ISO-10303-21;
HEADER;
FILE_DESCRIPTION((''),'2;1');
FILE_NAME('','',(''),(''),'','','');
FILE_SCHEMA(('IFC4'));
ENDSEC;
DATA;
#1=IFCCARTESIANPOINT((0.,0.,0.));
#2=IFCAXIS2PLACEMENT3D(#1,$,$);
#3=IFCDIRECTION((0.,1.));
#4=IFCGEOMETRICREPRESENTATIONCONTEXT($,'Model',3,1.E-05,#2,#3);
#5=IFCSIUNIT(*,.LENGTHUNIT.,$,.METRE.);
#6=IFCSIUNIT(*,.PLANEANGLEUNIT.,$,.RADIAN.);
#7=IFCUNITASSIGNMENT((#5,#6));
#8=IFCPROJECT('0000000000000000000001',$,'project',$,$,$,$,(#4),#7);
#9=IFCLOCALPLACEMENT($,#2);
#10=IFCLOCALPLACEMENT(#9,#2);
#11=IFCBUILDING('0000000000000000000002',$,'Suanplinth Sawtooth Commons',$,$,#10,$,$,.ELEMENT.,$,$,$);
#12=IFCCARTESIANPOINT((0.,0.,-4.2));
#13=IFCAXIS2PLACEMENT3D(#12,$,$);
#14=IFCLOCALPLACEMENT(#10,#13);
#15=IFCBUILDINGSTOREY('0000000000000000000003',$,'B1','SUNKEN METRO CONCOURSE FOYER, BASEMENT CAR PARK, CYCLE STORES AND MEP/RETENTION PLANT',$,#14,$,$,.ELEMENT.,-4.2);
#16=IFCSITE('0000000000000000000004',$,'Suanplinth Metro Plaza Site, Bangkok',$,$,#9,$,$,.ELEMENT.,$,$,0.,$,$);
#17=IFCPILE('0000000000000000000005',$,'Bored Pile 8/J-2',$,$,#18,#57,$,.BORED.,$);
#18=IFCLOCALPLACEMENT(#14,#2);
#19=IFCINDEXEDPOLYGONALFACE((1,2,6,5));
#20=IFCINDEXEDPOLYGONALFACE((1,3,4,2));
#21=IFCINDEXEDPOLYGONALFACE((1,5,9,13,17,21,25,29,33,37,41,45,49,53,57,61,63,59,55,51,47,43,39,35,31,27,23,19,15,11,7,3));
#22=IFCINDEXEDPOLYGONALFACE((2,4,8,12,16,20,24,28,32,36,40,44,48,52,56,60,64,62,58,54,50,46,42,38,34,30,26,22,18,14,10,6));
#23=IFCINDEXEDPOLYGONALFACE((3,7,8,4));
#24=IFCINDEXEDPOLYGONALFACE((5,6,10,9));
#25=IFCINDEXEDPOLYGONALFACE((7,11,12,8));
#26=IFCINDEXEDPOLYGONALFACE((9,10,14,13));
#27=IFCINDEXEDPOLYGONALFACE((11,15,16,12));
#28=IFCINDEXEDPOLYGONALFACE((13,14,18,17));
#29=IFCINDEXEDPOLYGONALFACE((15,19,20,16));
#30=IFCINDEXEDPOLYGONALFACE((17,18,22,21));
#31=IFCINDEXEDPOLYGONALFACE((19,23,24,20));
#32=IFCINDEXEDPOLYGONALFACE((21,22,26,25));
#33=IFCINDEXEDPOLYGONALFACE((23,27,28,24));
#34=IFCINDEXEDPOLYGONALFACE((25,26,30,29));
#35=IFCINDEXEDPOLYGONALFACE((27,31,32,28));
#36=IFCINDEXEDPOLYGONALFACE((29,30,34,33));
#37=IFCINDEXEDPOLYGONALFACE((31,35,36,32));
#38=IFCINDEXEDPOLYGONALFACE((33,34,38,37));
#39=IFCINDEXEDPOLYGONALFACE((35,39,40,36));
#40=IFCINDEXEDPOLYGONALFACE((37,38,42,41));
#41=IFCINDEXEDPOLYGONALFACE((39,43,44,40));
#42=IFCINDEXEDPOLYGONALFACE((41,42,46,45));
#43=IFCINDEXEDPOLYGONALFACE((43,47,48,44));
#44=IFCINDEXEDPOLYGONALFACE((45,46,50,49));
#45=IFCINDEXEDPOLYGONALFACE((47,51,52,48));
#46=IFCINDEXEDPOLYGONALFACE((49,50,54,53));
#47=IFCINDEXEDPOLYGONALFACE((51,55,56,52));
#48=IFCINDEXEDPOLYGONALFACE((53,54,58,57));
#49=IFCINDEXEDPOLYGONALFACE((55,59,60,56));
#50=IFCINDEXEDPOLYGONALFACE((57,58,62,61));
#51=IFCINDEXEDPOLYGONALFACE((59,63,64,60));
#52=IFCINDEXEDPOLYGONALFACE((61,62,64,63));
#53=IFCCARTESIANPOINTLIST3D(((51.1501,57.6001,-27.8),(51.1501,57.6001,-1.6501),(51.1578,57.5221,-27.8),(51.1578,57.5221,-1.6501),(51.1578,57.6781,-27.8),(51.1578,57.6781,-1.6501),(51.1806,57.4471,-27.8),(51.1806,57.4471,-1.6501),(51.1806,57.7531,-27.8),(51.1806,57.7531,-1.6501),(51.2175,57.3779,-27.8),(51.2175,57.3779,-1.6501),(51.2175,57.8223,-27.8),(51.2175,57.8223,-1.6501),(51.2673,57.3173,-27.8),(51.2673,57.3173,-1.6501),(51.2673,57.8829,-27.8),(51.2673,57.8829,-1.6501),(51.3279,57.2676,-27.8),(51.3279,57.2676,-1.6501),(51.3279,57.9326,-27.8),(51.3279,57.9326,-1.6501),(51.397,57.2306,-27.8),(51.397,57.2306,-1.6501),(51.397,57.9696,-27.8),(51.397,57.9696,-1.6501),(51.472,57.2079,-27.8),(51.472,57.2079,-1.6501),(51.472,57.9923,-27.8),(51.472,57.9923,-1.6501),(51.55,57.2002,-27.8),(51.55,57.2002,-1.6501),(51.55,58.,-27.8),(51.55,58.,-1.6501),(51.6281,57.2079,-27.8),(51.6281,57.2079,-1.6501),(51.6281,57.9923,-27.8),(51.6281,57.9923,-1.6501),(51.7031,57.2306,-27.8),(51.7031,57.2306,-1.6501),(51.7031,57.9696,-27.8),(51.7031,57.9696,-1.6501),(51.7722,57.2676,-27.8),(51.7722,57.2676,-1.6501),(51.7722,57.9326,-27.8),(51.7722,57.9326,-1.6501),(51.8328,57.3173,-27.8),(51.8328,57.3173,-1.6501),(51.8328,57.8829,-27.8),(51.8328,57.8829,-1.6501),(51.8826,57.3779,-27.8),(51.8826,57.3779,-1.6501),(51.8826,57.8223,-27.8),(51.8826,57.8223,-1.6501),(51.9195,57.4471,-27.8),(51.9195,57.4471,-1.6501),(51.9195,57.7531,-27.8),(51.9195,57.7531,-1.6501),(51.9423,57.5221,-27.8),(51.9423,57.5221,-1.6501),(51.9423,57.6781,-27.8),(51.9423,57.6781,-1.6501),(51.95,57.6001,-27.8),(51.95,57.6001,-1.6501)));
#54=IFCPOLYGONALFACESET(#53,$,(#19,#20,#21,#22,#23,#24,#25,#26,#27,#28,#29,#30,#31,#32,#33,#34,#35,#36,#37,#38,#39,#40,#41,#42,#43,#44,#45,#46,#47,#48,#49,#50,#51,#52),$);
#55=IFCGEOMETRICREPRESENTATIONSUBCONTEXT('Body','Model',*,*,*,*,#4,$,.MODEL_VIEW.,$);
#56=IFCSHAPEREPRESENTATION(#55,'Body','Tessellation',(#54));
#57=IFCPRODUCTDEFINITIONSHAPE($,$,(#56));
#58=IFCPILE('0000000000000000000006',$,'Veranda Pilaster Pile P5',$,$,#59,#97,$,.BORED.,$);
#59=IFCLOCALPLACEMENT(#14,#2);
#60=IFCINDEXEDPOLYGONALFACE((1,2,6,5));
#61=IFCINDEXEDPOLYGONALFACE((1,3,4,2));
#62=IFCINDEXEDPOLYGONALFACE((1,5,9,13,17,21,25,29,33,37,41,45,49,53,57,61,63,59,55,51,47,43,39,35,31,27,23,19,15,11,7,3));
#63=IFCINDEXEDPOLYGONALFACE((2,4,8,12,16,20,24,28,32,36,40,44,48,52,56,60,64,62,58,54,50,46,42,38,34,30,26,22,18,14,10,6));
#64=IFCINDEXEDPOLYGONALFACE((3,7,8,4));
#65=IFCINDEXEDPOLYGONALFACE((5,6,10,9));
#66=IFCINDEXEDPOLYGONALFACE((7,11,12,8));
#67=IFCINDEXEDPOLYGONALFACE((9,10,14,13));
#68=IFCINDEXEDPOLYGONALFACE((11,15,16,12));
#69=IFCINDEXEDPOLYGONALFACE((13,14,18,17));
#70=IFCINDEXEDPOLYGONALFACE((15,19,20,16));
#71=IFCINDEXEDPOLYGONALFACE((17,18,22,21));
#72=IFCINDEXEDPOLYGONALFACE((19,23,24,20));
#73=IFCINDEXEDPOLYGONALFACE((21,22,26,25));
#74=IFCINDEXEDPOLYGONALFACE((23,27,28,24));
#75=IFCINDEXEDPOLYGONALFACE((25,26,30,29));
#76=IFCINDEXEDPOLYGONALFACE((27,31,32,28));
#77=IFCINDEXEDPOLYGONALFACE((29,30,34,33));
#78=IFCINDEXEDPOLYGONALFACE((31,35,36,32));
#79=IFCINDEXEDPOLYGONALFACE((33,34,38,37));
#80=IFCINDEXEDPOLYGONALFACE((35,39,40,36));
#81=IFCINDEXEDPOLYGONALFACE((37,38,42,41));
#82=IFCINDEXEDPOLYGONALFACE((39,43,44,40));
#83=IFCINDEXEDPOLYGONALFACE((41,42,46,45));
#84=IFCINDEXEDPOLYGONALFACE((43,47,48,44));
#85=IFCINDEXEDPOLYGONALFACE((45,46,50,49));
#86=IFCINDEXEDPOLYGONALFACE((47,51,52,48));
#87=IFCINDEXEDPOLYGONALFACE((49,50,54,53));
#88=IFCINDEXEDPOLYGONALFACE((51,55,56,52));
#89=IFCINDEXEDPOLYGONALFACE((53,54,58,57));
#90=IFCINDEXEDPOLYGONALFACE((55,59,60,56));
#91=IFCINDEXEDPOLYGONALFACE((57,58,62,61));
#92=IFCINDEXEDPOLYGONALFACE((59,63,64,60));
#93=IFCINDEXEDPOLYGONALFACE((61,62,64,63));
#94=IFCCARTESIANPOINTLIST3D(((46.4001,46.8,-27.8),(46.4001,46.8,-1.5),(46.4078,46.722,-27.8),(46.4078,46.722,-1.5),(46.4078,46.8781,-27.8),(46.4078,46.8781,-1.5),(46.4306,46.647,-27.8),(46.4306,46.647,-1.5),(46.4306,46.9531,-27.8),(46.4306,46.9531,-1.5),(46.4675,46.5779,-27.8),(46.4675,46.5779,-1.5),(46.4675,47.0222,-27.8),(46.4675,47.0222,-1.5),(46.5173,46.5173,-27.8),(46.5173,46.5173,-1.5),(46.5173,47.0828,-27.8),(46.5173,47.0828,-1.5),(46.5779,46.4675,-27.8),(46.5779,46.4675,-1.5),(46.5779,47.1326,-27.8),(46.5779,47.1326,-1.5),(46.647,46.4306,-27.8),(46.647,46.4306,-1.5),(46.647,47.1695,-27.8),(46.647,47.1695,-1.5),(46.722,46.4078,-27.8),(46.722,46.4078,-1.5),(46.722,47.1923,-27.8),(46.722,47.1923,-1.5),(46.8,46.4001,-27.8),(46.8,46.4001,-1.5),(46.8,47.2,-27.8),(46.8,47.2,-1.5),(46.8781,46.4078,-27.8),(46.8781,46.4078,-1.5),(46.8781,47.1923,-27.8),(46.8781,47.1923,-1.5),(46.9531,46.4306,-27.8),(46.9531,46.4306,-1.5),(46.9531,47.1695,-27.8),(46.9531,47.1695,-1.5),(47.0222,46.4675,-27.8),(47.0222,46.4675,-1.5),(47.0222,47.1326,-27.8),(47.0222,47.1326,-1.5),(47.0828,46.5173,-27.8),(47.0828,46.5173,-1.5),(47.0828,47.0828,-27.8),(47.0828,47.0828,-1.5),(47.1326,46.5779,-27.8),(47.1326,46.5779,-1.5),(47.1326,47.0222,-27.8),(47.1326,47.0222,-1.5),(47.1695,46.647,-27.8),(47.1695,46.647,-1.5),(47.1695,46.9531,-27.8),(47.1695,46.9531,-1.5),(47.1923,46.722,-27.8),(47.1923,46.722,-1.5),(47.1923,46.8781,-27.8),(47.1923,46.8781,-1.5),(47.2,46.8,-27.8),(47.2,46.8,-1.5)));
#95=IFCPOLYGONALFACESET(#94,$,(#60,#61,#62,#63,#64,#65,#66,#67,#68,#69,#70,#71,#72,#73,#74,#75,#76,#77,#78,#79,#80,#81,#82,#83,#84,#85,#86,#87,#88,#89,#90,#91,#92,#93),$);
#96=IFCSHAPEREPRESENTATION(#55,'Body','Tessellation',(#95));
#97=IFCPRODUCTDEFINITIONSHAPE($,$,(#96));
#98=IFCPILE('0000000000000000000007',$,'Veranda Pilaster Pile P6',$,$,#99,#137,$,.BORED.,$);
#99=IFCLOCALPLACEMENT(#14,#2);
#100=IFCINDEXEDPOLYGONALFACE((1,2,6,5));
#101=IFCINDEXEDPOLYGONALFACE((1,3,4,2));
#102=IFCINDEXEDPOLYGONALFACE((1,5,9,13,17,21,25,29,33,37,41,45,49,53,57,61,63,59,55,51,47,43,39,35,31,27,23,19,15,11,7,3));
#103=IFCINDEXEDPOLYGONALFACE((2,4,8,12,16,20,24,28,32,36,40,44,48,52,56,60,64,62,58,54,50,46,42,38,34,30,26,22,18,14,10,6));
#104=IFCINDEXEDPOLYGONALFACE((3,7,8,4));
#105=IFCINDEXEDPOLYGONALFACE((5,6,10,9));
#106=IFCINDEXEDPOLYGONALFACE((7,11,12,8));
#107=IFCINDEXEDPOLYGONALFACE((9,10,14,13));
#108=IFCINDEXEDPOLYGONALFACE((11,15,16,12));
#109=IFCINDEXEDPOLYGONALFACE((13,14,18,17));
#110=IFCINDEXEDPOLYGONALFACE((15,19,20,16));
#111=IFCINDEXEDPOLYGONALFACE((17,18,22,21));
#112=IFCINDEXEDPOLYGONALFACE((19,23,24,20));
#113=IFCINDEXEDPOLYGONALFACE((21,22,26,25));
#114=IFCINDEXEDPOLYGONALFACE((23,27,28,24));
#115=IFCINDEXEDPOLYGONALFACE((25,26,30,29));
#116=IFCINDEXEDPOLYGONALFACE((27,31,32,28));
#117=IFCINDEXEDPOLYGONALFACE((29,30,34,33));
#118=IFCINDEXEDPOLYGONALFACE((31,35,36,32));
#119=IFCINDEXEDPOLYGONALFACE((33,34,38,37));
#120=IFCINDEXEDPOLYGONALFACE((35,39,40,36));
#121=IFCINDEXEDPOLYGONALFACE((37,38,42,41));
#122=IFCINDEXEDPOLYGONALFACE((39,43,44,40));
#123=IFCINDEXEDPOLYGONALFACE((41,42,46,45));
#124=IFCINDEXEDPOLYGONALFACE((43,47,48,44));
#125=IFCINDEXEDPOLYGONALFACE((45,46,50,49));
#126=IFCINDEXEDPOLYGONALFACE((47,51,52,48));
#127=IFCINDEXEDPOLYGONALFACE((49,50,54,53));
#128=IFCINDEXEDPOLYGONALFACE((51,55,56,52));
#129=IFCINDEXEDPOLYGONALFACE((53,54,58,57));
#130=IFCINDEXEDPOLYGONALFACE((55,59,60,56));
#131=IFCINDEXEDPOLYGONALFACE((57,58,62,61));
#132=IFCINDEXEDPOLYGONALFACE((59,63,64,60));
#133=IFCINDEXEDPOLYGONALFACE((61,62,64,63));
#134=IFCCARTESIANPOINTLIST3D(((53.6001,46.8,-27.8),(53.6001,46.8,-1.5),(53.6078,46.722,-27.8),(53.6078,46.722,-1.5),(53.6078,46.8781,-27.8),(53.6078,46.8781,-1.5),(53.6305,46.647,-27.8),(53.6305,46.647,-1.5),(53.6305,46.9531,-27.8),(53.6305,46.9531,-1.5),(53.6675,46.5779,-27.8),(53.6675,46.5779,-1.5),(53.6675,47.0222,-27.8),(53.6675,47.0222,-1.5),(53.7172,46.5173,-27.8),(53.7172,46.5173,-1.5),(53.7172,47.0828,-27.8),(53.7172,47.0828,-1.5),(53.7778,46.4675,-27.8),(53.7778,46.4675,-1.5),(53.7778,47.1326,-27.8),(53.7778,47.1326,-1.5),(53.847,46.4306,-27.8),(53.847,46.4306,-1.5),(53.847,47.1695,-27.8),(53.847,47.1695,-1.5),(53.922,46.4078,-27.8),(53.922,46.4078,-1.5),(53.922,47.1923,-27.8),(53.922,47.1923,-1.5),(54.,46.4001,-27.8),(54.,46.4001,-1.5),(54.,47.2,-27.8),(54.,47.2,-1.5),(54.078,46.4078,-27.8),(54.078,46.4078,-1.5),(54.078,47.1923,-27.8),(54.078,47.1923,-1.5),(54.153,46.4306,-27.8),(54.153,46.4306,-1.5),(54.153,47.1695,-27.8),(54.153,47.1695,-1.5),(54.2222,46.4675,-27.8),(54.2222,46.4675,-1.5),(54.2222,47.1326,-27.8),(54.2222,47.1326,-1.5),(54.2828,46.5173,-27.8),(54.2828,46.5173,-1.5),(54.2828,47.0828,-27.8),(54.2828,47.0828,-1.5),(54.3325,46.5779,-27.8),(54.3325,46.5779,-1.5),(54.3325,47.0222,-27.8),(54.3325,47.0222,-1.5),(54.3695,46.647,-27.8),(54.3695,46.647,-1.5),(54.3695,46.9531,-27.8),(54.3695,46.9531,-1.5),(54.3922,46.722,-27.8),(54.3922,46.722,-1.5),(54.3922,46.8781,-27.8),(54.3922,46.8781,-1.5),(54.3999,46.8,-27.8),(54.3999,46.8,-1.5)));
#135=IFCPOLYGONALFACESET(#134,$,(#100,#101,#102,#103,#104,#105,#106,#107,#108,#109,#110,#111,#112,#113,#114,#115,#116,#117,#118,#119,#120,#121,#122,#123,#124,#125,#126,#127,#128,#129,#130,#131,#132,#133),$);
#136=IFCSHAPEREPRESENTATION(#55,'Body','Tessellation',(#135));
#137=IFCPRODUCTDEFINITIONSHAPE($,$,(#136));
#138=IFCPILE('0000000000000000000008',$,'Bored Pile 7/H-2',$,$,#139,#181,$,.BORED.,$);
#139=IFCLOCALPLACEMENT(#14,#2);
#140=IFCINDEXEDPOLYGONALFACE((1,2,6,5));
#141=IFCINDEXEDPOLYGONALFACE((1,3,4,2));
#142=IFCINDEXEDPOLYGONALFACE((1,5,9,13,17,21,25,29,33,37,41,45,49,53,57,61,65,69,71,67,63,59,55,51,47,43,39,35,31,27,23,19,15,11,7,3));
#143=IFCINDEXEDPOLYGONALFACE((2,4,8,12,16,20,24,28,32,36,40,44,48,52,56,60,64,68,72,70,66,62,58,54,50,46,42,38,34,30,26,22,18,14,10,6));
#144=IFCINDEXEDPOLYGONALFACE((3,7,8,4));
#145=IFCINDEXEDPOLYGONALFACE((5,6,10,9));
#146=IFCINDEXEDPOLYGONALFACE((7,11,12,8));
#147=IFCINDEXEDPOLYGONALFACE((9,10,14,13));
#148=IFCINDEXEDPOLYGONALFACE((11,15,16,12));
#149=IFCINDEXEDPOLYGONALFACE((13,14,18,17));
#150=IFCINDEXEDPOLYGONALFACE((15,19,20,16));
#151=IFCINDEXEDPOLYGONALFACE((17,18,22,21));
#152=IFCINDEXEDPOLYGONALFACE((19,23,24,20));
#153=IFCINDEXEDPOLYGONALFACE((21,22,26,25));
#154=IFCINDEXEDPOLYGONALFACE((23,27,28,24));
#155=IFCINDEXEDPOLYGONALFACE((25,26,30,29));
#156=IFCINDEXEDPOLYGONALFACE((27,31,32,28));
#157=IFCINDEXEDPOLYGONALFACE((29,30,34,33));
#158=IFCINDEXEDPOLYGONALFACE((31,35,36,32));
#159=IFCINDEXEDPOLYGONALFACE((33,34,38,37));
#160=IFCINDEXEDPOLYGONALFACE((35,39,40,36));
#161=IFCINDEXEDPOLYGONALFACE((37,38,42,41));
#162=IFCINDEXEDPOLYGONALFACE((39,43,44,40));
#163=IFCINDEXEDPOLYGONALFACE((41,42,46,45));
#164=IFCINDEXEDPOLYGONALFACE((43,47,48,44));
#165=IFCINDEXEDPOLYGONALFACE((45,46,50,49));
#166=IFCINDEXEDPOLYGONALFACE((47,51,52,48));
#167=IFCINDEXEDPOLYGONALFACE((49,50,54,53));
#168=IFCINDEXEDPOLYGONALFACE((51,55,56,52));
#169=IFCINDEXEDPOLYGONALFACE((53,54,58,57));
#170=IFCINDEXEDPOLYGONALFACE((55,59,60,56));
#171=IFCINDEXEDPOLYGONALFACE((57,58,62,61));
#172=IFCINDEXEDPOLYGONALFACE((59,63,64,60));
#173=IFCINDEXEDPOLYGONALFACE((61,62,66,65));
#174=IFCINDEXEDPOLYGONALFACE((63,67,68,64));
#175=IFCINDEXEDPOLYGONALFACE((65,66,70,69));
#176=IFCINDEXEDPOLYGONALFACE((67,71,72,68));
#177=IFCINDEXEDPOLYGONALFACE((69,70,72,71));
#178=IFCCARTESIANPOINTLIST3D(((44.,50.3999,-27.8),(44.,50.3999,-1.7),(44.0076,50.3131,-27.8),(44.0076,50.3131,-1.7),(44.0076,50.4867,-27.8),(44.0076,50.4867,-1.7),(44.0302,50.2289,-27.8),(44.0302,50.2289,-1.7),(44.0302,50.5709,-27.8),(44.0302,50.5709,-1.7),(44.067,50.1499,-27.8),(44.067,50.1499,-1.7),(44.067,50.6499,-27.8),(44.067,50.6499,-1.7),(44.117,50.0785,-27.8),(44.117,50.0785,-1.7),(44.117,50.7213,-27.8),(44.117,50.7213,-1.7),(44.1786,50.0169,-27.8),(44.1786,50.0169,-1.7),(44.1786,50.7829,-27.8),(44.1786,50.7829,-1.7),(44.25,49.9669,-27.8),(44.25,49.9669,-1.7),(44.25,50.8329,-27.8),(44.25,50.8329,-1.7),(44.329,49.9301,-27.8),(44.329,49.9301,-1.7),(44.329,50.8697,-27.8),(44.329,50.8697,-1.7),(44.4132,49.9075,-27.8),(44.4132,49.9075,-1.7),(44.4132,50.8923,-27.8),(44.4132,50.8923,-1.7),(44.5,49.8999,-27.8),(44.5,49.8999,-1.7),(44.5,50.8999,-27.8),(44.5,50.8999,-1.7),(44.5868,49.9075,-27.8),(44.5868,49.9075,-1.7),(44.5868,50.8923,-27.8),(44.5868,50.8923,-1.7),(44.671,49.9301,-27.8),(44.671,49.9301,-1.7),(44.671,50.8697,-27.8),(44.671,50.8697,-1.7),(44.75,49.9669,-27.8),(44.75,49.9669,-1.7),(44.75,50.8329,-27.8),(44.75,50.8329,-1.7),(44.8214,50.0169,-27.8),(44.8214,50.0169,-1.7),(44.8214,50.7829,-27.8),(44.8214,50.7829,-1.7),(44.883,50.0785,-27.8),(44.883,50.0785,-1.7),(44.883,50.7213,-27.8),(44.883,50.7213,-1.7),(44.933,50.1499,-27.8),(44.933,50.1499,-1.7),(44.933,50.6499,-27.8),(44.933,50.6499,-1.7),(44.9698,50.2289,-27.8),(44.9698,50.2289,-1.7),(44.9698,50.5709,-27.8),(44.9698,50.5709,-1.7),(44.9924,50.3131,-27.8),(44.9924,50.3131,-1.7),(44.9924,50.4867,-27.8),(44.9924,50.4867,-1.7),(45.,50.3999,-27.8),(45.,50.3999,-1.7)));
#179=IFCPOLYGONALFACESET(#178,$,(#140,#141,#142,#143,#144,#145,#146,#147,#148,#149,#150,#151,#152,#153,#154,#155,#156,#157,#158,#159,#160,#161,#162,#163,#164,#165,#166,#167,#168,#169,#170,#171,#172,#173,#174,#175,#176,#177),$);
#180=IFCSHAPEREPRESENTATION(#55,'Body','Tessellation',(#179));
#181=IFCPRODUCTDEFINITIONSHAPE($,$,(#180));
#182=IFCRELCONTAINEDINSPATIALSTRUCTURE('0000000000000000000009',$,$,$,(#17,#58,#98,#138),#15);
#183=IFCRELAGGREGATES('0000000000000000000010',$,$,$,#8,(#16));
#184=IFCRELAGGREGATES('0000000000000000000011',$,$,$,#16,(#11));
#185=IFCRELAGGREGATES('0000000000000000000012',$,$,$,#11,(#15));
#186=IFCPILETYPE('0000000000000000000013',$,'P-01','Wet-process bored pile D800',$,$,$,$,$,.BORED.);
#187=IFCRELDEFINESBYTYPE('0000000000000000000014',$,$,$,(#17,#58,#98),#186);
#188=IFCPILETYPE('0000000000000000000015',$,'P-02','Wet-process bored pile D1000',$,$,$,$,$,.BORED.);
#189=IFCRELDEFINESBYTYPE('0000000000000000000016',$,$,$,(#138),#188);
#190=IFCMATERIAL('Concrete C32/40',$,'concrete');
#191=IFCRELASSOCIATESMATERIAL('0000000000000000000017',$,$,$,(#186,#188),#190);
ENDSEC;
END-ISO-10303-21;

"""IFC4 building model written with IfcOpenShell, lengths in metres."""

from ifc_helpers import new_model, si_unit, direction, frame, origin, origin_2d, place, context, subcontext, project, spatial, circle, extrude, material, material_profile, profile_set, type_object, element, save


model = new_model("IFC4")

# Units and contexts
model_context = context("Model", 3, precision=1e-05, world=origin(), true_north=direction((0.0, 1.0)))
body_context = subcontext(model_context, "Body", "Model", "MODEL_VIEW")
ifc_project = project(units=[si_unit("LENGTHUNIT", "METRE"), si_unit("PLANEANGLEUNIT", "RADIAN")], contexts=[model_context])

# Site, building, storey
site_placement = place(None, origin())
site = spatial("IfcSite", under=ifc_project, at=site_placement, Name="Suanplinth Metro Plaza Site, Bangkok", CompositionType="ELEMENT", RefElevation=0.0)
building_placement = place(site_placement, origin())
building = spatial("IfcBuilding", under=site, at=building_placement, Name="Suanplinth Sawtooth Commons", CompositionType="ELEMENT")
storey_placement = place(building_placement, frame((0.0, 0.0, -4.2)))
storey = spatial("IfcBuildingStorey", under=building, at=storey_placement, Name="B1", Description="SUNKEN METRO CONCOURSE FOYER, BASEMENT CAR PARK, CYCLE STORES AND MEP/RETENTION PLANT", CompositionType="ELEMENT", Elevation=-4.2)

# Piles
ifc_material_1 = material(Name="Concrete C32/40", Category="concrete")
ifc_material_profile_1 = material_profile(ifc_material_1, circle(Radius=0.3999, at=origin_2d()), Name="PILE D800")
ifc_profile_set_1 = profile_set([ifc_material_profile_1], Name="Concrete C32/40")
pile_type_1 = type_object("IfcPileType", Name="P-01", Description="Wet-process bored pile D800", PredefinedType="BORED", material=ifc_profile_set_1)
for number, where, z_axis, x_axis, name in (
    (1, (51.55, 57.6001, -1.6501), (0.0, 0.0, -1.0), (1.0, 0.0, 0.0), "Bored Pile 8/J-2"),
):
    element("IfcPile", number, at=place(storey_placement, frame(where, z_axis=z_axis, x_axis=x_axis)), inside=storey, type_object=pile_type_1, Name=name, PredefinedType="BORED", context=body_context, shape_type="SweptSolid", body=[
        extrude(circle(Radius=0.3999, at=origin_2d()), origin(), (0.0, 0.0, 1.0), 26.1499),
    ])
for number, where, z_axis, x_axis, name in (
    (2, (46.8, 46.8, -1.5), (0.0, 0.0, -1.0), (1.0, 0.0, 0.0), "Veranda Pilaster Pile P5"),
    (3, (54.0, 46.8, -1.5), (0.0, 0.0, -1.0), (1.0, 0.0, 0.0), "Veranda Pilaster Pile P6"),
):
    element("IfcPile", number, at=place(storey_placement, frame(where, z_axis=z_axis, x_axis=x_axis)), inside=storey, type_object=pile_type_1, Name=name, PredefinedType="BORED", context=body_context, shape_type="SweptSolid", body=[
        extrude(circle(Radius=0.3999, at=origin_2d()), origin(), (0.0, 0.0, 1.0), 26.3),
    ])
ifc_material_profile_2 = material_profile(ifc_material_1, circle(Radius=0.5, at=origin_2d()), Name="PILE D1000")
ifc_profile_set_2 = profile_set([ifc_material_profile_2], Name="Concrete C32/40")
pile_type_2 = type_object("IfcPileType", Name="P-02", Description="Wet-process bored pile D1000", PredefinedType="BORED", material=ifc_profile_set_2)
pile_placement = place(storey_placement, frame((44.5, 50.3999, -1.7), z_axis=(0.0, 0.0, -1.0), x_axis=(1.0, 0.0, 0.0)))
element("IfcPile", 4, at=pile_placement, inside=storey, type_object=pile_type_2, Name="Bored Pile 7/H-2", PredefinedType="BORED", context=body_context, shape_type="SweptSolid", body=[
    extrude(circle(Radius=0.5, at=origin_2d()), origin(), (0.0, 0.0, 1.0), 26.1001),
])

save(model, "model.ifc")
